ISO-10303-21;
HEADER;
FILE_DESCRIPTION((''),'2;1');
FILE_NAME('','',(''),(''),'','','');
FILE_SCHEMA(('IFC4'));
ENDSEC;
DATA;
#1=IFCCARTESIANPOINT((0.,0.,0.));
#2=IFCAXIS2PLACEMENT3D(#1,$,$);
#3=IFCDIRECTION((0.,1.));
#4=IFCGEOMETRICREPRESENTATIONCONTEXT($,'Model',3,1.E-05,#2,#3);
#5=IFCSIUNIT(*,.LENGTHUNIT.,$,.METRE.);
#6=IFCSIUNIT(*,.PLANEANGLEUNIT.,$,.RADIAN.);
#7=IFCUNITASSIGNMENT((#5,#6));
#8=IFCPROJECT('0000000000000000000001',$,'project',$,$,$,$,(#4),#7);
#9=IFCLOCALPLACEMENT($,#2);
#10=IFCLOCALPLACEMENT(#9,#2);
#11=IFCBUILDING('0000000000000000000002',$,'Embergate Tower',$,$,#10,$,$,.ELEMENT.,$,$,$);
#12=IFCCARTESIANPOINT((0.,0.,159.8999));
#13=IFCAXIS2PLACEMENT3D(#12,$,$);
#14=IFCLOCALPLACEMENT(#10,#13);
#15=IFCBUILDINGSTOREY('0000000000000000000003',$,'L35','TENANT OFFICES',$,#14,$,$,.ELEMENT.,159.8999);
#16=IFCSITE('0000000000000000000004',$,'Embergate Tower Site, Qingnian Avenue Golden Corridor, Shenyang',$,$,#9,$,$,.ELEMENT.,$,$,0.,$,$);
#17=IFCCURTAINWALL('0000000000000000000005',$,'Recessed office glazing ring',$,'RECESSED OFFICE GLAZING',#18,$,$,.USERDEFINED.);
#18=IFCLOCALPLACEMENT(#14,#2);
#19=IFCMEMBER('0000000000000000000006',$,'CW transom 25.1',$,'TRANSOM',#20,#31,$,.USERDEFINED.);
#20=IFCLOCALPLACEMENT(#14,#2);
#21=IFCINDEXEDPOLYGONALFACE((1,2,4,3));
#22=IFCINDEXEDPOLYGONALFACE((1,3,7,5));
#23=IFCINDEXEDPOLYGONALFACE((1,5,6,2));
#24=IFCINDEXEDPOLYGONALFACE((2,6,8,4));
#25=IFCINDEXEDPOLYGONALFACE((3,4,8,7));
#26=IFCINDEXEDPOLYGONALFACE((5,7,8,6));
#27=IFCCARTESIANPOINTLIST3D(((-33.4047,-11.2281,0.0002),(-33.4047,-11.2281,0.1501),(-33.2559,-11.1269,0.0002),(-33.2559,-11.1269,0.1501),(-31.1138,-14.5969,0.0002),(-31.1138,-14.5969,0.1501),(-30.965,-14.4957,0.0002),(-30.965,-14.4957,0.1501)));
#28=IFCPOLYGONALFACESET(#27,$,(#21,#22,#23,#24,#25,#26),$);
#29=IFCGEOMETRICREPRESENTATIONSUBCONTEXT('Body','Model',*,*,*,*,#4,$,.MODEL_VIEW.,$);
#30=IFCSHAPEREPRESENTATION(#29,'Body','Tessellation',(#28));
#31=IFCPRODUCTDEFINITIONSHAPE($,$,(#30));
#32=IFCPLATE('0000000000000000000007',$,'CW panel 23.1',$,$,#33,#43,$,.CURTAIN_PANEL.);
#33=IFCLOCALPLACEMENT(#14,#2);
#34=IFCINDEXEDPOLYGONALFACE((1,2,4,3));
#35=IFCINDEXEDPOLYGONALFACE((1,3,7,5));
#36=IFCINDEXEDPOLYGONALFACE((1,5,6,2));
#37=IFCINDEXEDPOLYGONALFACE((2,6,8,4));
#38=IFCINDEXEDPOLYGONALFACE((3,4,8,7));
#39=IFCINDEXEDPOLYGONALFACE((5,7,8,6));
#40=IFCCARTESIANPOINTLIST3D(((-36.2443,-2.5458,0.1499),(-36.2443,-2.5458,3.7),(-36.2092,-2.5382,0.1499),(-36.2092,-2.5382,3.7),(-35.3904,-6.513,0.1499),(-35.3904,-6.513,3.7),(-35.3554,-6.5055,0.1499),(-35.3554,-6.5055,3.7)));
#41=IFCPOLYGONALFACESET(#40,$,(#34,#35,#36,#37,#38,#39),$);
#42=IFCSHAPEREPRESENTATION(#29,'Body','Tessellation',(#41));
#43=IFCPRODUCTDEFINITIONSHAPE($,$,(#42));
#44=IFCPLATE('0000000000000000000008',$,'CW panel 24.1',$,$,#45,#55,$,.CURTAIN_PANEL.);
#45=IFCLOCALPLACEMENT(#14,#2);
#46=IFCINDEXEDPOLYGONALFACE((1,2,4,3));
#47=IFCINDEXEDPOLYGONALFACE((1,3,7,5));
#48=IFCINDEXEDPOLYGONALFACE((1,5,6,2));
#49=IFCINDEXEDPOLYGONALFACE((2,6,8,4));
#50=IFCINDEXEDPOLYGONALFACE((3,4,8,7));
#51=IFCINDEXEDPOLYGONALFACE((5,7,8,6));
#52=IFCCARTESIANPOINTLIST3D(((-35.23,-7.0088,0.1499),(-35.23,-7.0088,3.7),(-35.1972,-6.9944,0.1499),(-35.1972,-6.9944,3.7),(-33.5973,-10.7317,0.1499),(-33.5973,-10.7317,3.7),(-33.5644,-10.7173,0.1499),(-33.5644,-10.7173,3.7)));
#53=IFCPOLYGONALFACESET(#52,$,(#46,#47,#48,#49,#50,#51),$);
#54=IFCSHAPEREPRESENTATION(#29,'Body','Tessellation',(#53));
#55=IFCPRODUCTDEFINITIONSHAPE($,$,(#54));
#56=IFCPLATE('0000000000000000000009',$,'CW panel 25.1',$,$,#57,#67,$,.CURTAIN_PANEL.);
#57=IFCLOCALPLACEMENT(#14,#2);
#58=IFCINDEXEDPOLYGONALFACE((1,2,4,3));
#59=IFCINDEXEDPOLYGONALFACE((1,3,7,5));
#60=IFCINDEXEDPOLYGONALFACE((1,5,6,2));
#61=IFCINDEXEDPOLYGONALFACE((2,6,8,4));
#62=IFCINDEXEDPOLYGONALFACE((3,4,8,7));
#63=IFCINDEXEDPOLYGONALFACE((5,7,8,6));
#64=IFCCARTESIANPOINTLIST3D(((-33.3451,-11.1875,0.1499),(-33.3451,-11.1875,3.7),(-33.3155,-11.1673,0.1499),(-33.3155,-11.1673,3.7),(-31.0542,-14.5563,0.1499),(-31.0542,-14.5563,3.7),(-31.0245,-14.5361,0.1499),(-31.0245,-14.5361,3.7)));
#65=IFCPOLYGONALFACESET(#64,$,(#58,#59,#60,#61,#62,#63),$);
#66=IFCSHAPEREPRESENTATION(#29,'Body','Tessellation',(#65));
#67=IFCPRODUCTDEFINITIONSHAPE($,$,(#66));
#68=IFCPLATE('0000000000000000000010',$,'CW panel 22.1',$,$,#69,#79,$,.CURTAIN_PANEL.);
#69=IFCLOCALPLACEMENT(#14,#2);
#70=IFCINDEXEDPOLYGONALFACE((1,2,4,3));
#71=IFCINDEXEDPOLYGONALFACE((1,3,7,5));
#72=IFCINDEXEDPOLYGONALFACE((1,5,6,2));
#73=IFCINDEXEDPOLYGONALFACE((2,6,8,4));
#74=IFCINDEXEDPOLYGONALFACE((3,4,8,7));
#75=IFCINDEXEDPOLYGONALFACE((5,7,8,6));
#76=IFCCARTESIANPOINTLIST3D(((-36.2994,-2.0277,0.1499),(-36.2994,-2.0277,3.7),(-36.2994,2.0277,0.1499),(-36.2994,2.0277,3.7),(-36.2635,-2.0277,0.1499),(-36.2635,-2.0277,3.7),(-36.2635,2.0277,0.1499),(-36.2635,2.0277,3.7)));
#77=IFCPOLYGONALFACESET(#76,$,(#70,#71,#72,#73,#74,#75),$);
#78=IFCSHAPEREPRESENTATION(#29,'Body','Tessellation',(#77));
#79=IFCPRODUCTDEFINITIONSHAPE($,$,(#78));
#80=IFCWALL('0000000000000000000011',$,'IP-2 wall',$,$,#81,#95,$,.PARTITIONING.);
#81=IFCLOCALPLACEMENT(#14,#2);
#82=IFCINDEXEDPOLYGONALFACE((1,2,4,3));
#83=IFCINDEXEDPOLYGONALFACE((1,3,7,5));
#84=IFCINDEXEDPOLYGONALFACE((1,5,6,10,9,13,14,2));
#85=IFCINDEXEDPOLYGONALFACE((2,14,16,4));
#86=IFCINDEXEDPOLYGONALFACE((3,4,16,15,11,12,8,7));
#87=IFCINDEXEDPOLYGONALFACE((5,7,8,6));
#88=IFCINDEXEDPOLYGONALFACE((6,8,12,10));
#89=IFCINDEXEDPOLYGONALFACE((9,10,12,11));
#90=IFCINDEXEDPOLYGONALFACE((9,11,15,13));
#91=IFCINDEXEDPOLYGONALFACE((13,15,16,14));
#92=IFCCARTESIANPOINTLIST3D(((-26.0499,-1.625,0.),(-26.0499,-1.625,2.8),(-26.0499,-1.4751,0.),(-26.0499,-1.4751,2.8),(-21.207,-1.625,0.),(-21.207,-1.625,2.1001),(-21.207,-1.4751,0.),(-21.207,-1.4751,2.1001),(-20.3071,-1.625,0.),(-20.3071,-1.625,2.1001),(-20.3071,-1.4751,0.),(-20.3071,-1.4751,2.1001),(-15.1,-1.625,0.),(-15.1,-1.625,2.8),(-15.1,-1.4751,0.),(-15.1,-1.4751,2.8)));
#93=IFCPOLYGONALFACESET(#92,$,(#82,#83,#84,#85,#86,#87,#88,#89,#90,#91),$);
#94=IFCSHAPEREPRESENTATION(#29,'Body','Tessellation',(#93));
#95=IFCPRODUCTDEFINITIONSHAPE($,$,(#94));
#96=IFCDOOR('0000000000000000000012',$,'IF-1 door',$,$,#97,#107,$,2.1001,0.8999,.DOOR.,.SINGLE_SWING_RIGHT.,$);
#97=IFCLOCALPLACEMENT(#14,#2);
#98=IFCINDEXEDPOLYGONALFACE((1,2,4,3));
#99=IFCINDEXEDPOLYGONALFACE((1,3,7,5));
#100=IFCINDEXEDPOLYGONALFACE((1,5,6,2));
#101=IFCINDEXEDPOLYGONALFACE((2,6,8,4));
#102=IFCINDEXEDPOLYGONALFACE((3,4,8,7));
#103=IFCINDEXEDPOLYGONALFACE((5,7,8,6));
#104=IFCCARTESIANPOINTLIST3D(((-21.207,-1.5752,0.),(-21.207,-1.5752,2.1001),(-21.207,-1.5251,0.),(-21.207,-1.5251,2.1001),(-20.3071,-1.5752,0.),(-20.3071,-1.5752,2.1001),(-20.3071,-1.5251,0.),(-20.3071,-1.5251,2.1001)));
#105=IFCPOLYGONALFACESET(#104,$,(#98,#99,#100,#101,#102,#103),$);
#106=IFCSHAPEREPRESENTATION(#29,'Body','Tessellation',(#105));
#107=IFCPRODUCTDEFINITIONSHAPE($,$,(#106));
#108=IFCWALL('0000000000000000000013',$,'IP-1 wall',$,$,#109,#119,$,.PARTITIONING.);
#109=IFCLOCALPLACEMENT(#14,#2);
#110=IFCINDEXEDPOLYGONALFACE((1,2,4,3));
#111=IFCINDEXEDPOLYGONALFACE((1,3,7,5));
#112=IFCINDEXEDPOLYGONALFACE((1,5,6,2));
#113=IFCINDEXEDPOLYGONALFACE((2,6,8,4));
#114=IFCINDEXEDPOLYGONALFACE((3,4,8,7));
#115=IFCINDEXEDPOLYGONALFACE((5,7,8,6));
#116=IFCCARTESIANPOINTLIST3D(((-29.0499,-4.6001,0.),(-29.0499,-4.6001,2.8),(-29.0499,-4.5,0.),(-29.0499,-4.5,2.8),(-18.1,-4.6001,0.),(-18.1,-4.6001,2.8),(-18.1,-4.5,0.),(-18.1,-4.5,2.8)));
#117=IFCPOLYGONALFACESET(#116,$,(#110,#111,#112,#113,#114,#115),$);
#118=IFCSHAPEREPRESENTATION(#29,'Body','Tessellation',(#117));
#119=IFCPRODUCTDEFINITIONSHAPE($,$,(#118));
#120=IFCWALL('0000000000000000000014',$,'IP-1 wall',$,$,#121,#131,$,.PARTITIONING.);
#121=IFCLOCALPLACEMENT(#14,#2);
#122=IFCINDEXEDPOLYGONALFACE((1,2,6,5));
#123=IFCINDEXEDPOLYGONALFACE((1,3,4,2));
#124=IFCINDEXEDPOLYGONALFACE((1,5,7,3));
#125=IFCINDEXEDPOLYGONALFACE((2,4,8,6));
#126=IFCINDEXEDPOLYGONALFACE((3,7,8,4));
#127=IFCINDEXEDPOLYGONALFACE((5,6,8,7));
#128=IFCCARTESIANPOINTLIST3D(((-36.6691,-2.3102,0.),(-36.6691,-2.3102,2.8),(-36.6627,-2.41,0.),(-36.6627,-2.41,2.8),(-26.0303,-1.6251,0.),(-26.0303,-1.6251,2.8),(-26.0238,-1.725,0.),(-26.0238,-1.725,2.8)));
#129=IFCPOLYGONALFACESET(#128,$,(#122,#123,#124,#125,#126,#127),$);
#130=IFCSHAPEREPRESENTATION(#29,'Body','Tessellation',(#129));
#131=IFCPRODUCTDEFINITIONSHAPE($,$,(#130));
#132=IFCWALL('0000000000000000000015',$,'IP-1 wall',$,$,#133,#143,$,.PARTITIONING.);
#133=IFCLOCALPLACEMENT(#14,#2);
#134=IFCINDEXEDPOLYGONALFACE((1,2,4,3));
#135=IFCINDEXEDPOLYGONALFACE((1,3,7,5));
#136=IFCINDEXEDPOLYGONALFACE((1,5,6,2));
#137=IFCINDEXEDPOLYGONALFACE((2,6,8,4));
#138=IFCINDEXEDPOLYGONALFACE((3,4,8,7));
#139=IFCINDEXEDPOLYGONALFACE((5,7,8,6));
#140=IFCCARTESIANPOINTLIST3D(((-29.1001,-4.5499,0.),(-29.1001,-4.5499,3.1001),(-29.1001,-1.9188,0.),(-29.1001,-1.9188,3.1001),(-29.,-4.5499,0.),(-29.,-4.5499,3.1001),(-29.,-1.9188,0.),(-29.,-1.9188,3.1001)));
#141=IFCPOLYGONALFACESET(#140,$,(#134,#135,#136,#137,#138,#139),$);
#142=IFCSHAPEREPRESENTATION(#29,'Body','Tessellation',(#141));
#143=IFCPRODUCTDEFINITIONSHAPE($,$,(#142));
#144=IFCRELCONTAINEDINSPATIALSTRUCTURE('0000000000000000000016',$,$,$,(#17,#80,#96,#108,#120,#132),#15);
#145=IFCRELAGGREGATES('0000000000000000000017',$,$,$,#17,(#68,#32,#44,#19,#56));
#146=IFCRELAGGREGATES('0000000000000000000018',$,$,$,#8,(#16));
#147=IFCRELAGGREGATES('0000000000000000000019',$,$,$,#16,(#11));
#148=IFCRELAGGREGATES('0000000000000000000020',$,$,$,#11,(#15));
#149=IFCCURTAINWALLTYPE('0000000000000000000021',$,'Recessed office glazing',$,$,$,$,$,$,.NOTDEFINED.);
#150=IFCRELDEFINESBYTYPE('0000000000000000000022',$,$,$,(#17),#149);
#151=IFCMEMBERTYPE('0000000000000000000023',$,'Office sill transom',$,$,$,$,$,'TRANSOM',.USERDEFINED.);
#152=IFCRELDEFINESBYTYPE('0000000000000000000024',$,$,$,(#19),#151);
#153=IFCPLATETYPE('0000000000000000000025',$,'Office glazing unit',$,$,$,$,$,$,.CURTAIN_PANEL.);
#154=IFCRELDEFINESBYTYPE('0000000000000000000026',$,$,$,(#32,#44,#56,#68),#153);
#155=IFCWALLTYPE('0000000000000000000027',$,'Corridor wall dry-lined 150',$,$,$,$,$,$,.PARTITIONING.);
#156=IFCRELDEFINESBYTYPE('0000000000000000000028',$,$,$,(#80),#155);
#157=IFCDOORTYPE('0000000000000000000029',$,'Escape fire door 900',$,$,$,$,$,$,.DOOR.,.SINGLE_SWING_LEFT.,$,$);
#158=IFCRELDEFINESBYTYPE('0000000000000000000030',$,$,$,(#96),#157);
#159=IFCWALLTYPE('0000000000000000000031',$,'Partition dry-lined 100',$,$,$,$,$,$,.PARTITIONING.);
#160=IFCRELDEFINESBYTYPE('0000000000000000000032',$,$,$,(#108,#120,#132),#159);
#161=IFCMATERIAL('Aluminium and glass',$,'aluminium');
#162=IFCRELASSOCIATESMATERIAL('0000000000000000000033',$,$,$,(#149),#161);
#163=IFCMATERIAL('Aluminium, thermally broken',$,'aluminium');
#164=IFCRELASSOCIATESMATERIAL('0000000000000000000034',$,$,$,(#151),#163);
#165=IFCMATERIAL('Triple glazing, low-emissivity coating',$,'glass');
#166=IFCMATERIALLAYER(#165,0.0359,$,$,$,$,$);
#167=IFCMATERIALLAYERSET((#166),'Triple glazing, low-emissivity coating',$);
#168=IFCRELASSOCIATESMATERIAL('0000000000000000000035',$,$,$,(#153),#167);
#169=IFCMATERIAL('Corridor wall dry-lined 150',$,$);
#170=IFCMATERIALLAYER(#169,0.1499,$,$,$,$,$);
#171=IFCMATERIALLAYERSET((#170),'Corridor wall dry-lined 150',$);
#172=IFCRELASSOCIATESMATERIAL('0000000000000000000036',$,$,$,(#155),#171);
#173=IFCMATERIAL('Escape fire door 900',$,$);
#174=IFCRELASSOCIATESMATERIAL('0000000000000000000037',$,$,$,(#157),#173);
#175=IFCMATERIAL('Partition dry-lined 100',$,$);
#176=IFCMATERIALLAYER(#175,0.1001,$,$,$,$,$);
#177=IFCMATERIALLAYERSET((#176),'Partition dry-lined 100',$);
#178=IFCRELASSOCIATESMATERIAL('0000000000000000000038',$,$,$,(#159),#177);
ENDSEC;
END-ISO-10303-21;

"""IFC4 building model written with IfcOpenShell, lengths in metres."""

from ifc_helpers import new_model, si_unit, direction, frame, frame_2d, origin, origin_2d, place, context, subcontext, project, spatial, rectangle, extrude, source, transform, mapped, material, layer, layer_set, material_profile, profile_set, type_object, element, fill, aggregate, save


model = new_model("IFC4")

# Units and contexts
model_context = context("Model", 3, precision=1e-05, world=origin(), true_north=direction((0.0, 1.0)))
body_context = subcontext(model_context, "Body", "Model", "MODEL_VIEW")
ifc_project = project(units=[si_unit("LENGTHUNIT", "METRE"), si_unit("PLANEANGLEUNIT", "RADIAN")], contexts=[model_context])

# Site, building, storey
site_placement = place(None, origin())
site = spatial("IfcSite", under=ifc_project, at=site_placement, Name="Embergate Tower Site, Qingnian Avenue Golden Corridor, Shenyang", CompositionType="ELEMENT", RefElevation=0.0)
building_placement = place(site_placement, origin())
building = spatial("IfcBuilding", under=site, at=building_placement, Name="Embergate Tower", CompositionType="ELEMENT")
storey_placement = place(building_placement, frame((0.0, 0.0, 159.8999)))
storey = spatial("IfcBuildingStorey", under=building, at=storey_placement, Name="L35", Description="TENANT OFFICES", CompositionType="ELEMENT", Elevation=159.8999)

# Curtain wall, member, plates
ifc_material_1 = material(Name="Aluminium and glass", Category="aluminium")
curtain_wall_type = type_object("IfcCurtainWallType", Name="Recessed office glazing", PredefinedType="NOTDEFINED", material=ifc_material_1)
curtain_wall_placement = place(storey_placement, origin())
curtain_wall = element("IfcCurtainWall", 1, at=curtain_wall_placement, inside=storey, type_object=curtain_wall_type, Name="Recessed office glazing ring", ObjectType="RECESSED OFFICE GLAZING", PredefinedType="USERDEFINED")
ifc_material_2 = material(Name="Aluminium, thermally broken", Category="aluminium")
ifc_material_profile_1 = material_profile(ifc_material_2, rectangle(XDim=0.1799, YDim=0.1499, at=origin_2d()), Name="AL 150x180")
ifc_profile_set_1 = profile_set([ifc_material_profile_1], Name="Aluminium, thermally broken")
member_type_1 = type_object("IfcMemberType", Name="Office sill transom", ElementType="TRANSOM", PredefinedType="USERDEFINED", material=ifc_profile_set_1)
shared_shape_1 = source(origin(), body_context, "Body", "SweptSolid", [
    extrude(rectangle(XDim=0.1799, YDim=0.1499, at=origin_2d()), origin(), (0.0, 0.0, 1.0), 4.074),
])
member_1_placement = place(storey_placement, frame((-33.3303, -11.1775, 0.0752), z_axis=(0.562338, -0.826908, 0.0), x_axis=(0.826908, 0.562338, 0.0)))
member_1 = element("IfcMember", 2, at=member_1_placement, type_object=member_type_1, Name="CW transom 25.1", ObjectType="TRANSOM", PredefinedType="USERDEFINED", context=body_context, shape_type="MappedRepresentation", body=[
    mapped(shared_shape_1, transform((0.0, 0.0, 0.0))),
])
ifc_material_3 = material(Name="Triple glazing, low-emissivity coating", Category="glass")
ifc_layer_1 = layer(ifc_material_3, 0.0359)
ifc_layer_set_1 = layer_set([ifc_layer_1], Name="Triple glazing, low-emissivity coating")
plate_type = type_object("IfcPlateType", Name="Office glazing unit", PredefinedType="CURTAIN_PANEL", material=ifc_layer_set_1)
shared_shape_2 = source(origin(), body_context, "Body", "SweptSolid", [
    extrude(rectangle(XDim=4.0581, YDim=0.0359, at=origin_2d()), origin(), (0.0, 0.0, 1.0), 3.55),
])
plate_1_placement = place(storey_placement, frame((-35.7998, -4.5256, 0.1499), z_axis=(0.0, 0.0, 1.0), x_axis=(0.210398, -0.977616, 0.0)))
plate_1 = element("IfcPlate", 3, at=plate_1_placement, type_object=plate_type, Name="CW panel 23.1", PredefinedType="CURTAIN_PANEL", context=body_context, shape_type="MappedRepresentation", body=[
    mapped(shared_shape_2, transform((0.0, 0.0, 0.0))),
])
shared_shape_3 = source(origin(), body_context, "Body", "SweptSolid", [
    extrude(rectangle(XDim=4.0652, YDim=0.0359, at=origin_2d()), origin(), (0.0, 0.0, 1.0), 3.55),
])
plate_2_placement = place(storey_placement, frame((-34.3972, -8.863, 0.1499), z_axis=(0.0, 0.0, 1.0), x_axis=(0.401652, -0.915792, 0.0)))
plate_2 = element("IfcPlate", 4, at=plate_2_placement, type_object=plate_type, Name="CW panel 24.1", PredefinedType="CURTAIN_PANEL", context=body_context, shape_type="MappedRepresentation", body=[
    mapped(shared_shape_3, transform((0.0, 0.0, 0.0))),
])
shared_shape_4 = source(origin(), body_context, "Body", "SweptSolid", [
    extrude(rectangle(XDim=4.074, YDim=0.0359, at=origin_2d()), origin(), (0.0, 0.0, 1.0), 3.55),
])
plate_3_placement = place(storey_placement, frame((-32.1848, -12.8618, 0.1499), z_axis=(0.0, 0.0, 1.0), x_axis=(0.562342, -0.826905, 0.0)))
plate_3 = element("IfcPlate", 5, at=plate_3_placement, type_object=plate_type, Name="CW panel 25.1", PredefinedType="CURTAIN_PANEL", context=body_context, shape_type="MappedRepresentation", body=[
    mapped(shared_shape_4, transform((0.0, 0.0, 0.0))),
])
shared_shape_5 = source(origin(), body_context, "Body", "SweptSolid", [
    extrude(rectangle(XDim=4.0554, YDim=0.0359, at=origin_2d()), origin(), (0.0, 0.0, 1.0), 3.55),
])
plate_4_placement = place(storey_placement, frame((-36.2815, 0.0, 0.1499), z_axis=(0.0, 0.0, 1.0), x_axis=(0.0, -1.0, 0.0)))
plate_4 = element("IfcPlate", 6, at=plate_4_placement, type_object=plate_type, Name="CW panel 22.1", PredefinedType="CURTAIN_PANEL", context=body_context, shape_type="MappedRepresentation", body=[
    mapped(shared_shape_5, transform((0.0, 0.0, 0.0))),
])
aggregate(curtain_wall, [plate_4, plate_1, plate_2, member_1, plate_3])

# Wall, opening, door
ifc_material_4 = material(Name="Corridor wall dry-lined 150")
ifc_layer_2 = layer(ifc_material_4, 0.1499)
ifc_layer_set_2 = layer_set([ifc_layer_2], Name="Corridor wall dry-lined 150")
wall_type_1 = type_object("IfcWallType", Name="Corridor wall dry-lined 150", PredefinedType="PARTITIONING", material=ifc_layer_set_2)
shared_shape_6 = source(origin(), body_context, "Body", "SweptSolid", [
    extrude(rectangle(XDim=10.95, YDim=0.1499, at=frame_2d((5.4751, 0.0))), origin(), (0.0, 0.0, 1.0), 2.8),
])
wall_1_placement = place(storey_placement, frame((-26.05, -1.55, 0.0), z_axis=(0.0, 0.0, 1.0), x_axis=(1.0, 0.0, 0.0)))
wall_1 = element("IfcWall", 7, at=wall_1_placement, inside=storey, type_object=wall_type_1, Name="IP-2 wall", PredefinedType="PARTITIONING", context=body_context, shape_type="MappedRepresentation", body=[
    mapped(shared_shape_6, transform((0.0, 0.0, 0.0))),
])
shared_shape_7 = source(origin(), body_context, "Body", "SweptSolid", [
    extrude(rectangle(XDim=0.8999, YDim=2.1001, at=frame_2d((0.45, 1.05))), frame((0.0, 0.085, 0.0), z_axis=(0.0, -1.0, 0.0), x_axis=(1.0, 0.0, 0.0)), (0.0, 0.0, 1.0), 0.1699),
])
opening_1_placement = place(wall_1_placement, frame((4.843, 0.0, 0.0)))
opening_1 = element("IfcOpeningElement", 8, at=opening_1_placement, cuts=wall_1, PredefinedType="OPENING", context=body_context, shape_type="MappedRepresentation", body=[
    mapped(shared_shape_7, transform((0.0, 0.0, 0.0))),
])
ifc_material_5 = material(Name="Escape fire door 900")
door_type_1 = type_object("IfcDoorType", Name="Escape fire door 900", OperationType="SINGLE_SWING_LEFT", PredefinedType="DOOR", material=ifc_material_5)
shared_shape_8 = source(origin(), body_context, "Body", "SweptSolid", [
    extrude(rectangle(XDim=0.8999, YDim=2.1001, at=frame_2d((0.45, 1.05))), frame((0.0, 0.0249, 0.0), z_axis=(0.0, -1.0, 0.0), x_axis=(1.0, 0.0, 0.0)), (0.0, 0.0, 1.0), 0.05),
])
door_1_placement = place(opening_1_placement, origin())
door_1 = element("IfcDoor", 9, at=door_1_placement, inside=storey, type_object=door_type_1, Name="IF-1 door", OperationType="SINGLE_SWING_RIGHT", OverallHeight=2.1001, OverallWidth=0.8999, PredefinedType="DOOR", context=body_context, shape_type="MappedRepresentation", body=[
    mapped(shared_shape_8, transform((0.0, 0.0, 0.0))),
])
fill(opening_1, door_1)

# Walls
ifc_material_6 = material(Name="Partition dry-lined 100")
ifc_layer_3 = layer(ifc_material_6, 0.1001)
ifc_layer_set_3 = layer_set([ifc_layer_3], Name="Partition dry-lined 100")
wall_type_2 = type_object("IfcWallType", Name="Partition dry-lined 100", PredefinedType="PARTITIONING", material=ifc_layer_set_3)
shared_shape_9 = source(origin(), body_context, "Body", "SweptSolid", [
    extrude(rectangle(XDim=10.95, YDim=0.1001, at=frame_2d((5.4751, 0.0))), origin(), (0.0, 0.0, 1.0), 2.8),
])
wall_2_placement = place(storey_placement, frame((-29.05, -4.55, 0.0), z_axis=(0.0, 0.0, 1.0), x_axis=(1.0, 0.0, 0.0)))
element("IfcWall", 10, at=wall_2_placement, inside=storey, type_object=wall_type_2, Name="IP-1 wall", PredefinedType="PARTITIONING", context=body_context, shape_type="MappedRepresentation", body=[
    mapped(shared_shape_9, transform((0.0, 0.0, 0.0))),
])
shared_shape_10 = source(origin(), body_context, "Body", "SweptSolid", [
    extrude(rectangle(XDim=10.6609, YDim=0.1001, at=frame_2d((5.3306, 0.0))), origin(), (0.0, 0.0, 1.0), 2.8),
])
wall_3_placement = place(storey_placement, frame((-36.666, -2.3601, 0.0), z_axis=(0.0, 0.0, 1.0), x_axis=(0.997933, 0.064259, 0.0)))
element("IfcWall", 11, at=wall_3_placement, inside=storey, type_object=wall_type_2, Name="IP-1 wall", PredefinedType="PARTITIONING", context=body_context, shape_type="MappedRepresentation", body=[
    mapped(shared_shape_10, transform((0.0, 0.0, 0.0))),
])
shared_shape_11 = source(origin(), body_context, "Body", "SweptSolid", [
    extrude(rectangle(XDim=2.6311, YDim=0.1001, at=frame_2d((1.3154, 0.0))), origin(), (0.0, 0.0, 1.0), 3.1001),
])
wall_4_placement = place(storey_placement, frame((-29.05, -1.9189, 0.0), z_axis=(0.0, 0.0, 1.0), x_axis=(0.0, -1.0, 0.0)))
element("IfcWall", 12, at=wall_4_placement, inside=storey, type_object=wall_type_2, Name="IP-1 wall", PredefinedType="PARTITIONING", context=body_context, shape_type="MappedRepresentation", body=[
    mapped(shared_shape_11, transform((0.0, 0.0, 0.0))),
])

save(model, "model.ifc")
